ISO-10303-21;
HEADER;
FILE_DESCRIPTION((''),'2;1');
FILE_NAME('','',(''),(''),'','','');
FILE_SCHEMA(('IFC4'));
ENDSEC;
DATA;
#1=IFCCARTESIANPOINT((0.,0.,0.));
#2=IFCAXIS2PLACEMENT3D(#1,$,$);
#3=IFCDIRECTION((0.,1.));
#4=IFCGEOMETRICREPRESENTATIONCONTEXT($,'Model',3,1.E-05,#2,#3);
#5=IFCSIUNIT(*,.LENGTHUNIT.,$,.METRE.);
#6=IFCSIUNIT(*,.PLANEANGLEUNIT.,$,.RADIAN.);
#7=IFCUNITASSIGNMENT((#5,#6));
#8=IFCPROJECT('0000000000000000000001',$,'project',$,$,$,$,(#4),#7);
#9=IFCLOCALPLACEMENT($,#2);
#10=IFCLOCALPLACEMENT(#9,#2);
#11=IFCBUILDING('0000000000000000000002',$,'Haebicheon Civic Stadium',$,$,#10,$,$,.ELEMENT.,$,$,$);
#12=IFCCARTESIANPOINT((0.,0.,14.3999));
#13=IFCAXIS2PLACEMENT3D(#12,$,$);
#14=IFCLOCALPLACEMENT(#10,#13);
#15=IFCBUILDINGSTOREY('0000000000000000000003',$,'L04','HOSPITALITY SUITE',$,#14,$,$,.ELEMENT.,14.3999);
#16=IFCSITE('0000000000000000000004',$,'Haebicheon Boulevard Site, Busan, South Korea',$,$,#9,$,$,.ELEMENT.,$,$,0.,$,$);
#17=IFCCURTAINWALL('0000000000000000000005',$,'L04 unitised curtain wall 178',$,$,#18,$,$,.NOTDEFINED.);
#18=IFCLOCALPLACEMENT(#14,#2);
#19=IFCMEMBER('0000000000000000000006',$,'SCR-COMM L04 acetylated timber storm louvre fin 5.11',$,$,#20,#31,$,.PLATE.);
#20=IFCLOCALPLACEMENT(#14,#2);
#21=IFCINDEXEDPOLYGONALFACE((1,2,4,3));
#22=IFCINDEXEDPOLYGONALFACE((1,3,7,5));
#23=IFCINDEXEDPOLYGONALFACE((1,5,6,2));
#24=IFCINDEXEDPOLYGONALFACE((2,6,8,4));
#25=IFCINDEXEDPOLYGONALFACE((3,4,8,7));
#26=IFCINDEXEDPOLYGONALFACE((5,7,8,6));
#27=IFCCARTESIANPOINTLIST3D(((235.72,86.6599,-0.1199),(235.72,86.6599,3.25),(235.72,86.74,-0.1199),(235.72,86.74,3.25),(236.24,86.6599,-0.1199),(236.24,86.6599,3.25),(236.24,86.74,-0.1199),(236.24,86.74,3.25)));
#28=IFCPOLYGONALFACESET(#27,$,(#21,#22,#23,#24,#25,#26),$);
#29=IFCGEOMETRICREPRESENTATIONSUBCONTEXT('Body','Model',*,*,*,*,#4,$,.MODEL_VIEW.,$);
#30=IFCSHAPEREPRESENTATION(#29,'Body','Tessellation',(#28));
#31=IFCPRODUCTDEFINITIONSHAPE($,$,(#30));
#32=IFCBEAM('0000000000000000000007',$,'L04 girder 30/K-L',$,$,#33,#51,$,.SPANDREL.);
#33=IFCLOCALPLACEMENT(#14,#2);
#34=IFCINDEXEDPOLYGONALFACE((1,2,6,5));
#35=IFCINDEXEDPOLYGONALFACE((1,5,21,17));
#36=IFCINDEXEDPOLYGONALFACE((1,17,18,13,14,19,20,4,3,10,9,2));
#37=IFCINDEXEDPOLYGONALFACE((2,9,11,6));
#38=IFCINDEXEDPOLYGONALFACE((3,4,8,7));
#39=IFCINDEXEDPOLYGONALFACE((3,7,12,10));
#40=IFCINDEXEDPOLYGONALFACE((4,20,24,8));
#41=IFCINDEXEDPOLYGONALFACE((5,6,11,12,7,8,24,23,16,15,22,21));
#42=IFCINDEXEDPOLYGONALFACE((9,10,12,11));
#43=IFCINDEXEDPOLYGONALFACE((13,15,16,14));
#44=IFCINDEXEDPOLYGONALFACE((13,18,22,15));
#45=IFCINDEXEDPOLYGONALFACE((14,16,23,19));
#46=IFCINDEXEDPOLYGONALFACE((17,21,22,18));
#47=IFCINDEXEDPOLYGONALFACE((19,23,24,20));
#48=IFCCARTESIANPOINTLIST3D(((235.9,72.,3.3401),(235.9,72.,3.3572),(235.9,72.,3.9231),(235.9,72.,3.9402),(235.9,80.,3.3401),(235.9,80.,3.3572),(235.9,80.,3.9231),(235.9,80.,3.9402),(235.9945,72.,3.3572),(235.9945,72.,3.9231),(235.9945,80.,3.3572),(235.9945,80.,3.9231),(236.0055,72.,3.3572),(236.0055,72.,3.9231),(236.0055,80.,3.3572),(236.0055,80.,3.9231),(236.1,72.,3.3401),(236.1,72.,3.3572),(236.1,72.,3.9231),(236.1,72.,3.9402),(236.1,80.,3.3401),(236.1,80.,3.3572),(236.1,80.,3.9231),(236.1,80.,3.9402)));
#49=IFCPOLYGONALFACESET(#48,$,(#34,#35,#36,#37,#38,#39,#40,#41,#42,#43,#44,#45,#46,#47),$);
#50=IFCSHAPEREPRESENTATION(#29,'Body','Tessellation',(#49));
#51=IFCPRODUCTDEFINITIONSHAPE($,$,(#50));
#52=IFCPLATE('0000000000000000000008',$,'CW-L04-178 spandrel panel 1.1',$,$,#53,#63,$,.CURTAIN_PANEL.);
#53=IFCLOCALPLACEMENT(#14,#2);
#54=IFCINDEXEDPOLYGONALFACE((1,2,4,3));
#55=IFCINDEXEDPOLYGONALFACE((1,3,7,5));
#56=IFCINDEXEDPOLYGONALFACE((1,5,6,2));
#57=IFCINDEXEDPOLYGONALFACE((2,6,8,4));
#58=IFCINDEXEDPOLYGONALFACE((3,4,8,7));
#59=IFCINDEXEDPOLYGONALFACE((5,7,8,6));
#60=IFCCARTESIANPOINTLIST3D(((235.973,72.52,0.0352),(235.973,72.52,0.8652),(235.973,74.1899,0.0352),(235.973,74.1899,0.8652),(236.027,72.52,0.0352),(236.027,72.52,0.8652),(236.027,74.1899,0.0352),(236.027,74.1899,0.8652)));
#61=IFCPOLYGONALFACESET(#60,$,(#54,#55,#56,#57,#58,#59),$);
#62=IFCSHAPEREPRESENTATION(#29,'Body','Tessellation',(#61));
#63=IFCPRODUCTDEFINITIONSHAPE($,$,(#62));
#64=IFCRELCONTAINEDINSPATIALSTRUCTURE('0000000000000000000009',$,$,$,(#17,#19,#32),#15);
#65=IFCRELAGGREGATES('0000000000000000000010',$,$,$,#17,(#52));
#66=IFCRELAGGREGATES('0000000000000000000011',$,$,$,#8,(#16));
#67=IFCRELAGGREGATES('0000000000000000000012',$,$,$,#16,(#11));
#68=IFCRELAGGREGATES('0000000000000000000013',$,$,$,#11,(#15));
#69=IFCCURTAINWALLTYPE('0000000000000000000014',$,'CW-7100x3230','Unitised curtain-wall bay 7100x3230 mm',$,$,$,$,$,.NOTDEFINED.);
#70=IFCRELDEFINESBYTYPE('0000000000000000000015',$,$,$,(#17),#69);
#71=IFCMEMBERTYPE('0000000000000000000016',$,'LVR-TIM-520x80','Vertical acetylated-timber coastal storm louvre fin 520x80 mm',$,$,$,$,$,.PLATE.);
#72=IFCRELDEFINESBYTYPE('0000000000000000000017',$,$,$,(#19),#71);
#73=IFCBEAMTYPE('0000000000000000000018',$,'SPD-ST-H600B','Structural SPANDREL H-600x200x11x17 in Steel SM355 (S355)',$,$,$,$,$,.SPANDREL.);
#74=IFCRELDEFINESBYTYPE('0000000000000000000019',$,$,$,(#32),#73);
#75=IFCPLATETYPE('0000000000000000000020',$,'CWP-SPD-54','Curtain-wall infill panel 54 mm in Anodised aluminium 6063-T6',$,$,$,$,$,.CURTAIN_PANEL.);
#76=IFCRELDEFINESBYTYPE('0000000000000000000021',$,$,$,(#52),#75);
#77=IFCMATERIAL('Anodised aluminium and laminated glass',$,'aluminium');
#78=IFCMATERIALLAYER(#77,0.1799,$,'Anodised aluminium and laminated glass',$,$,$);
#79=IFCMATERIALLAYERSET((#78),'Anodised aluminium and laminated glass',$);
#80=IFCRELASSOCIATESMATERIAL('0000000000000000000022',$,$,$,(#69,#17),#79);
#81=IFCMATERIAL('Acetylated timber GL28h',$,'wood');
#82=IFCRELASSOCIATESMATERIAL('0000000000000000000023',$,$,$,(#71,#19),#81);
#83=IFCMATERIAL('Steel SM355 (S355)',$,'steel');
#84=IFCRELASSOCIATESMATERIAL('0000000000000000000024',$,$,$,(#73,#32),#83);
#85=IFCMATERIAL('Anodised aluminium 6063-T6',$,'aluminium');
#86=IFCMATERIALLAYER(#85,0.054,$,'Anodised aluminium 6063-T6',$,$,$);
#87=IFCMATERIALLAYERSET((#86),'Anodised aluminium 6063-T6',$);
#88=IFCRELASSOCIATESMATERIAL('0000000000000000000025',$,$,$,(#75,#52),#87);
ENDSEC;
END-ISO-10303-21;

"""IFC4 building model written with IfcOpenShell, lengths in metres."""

from ifc_helpers import new_model, si_unit, direction, frame, origin, origin_2d, place, context, subcontext, project, spatial, rectangle, i_section, extrude, material, layer, layer_set, material_profile, profile_set, type_object, element, aggregate, save


model = new_model("IFC4")

# Units and contexts
model_context = context("Model", 3, precision=1e-05, world=origin(), true_north=direction((0.0, 1.0)))
body_context = subcontext(model_context, "Body", "Model", "MODEL_VIEW")
ifc_project = project(units=[si_unit("LENGTHUNIT", "METRE"), si_unit("PLANEANGLEUNIT", "RADIAN")], contexts=[model_context])

# Site, building, storey
site_placement = place(None, origin())
site = spatial("IfcSite", under=ifc_project, at=site_placement, Name="Haebicheon Boulevard Site, Busan, South Korea", CompositionType="ELEMENT", RefElevation=0.0)
building_placement = place(site_placement, origin())
building = spatial("IfcBuilding", under=site, at=building_placement, Name="Haebicheon Civic Stadium", CompositionType="ELEMENT")
storey_placement = place(building_placement, frame((0.0, 0.0, 14.3999)))
storey = spatial("IfcBuildingStorey", under=building, at=storey_placement, Name="L04", Description="HOSPITALITY SUITE", CompositionType="ELEMENT", Elevation=14.3999)

# Curtain wall
ifc_material_1 = material(Name="Anodised aluminium and laminated glass", Category="aluminium")
ifc_layer_1 = layer(ifc_material_1, 0.1799, Name="Anodised aluminium and laminated glass")
ifc_layer_set_1 = layer_set([ifc_layer_1], Name="Anodised aluminium and laminated glass")
curtain_wall_type = type_object("IfcCurtainWallType", Name="CW-7100x3230", Description="Unitised curtain-wall bay 7100x3230 mm", PredefinedType="NOTDEFINED", material=ifc_layer_set_1)
curtain_wall_placement = place(storey_placement, origin())
curtain_wall = element("IfcCurtainWall", 1, at=curtain_wall_placement, inside=storey, type_object=curtain_wall_type, material=ifc_layer_set_1, Name="L04 unitised curtain wall 178", PredefinedType="NOTDEFINED")

# Member
ifc_material_2 = material(Name="Acetylated timber GL28h", Category="wood")
ifc_material_profile_1 = material_profile(ifc_material_2, rectangle(XDim=0.0801, YDim=0.52, at=origin_2d()), Name="TMB-LOUV-80x520")
ifc_profile_set_1 = profile_set([ifc_material_profile_1], Name="Acetylated timber GL28h")
member_type_1 = type_object("IfcMemberType", Name="LVR-TIM-520x80", Description="Vertical acetylated-timber coastal storm louvre fin 520x80 mm", PredefinedType="PLATE", material=ifc_profile_set_1)
for number, where, z_axis, x_axis, name in (
    (2, (235.98, 86.7, -0.1199), (0.0, 0.0, 1.0), (0.0, 1.0, 0.0), "SCR-COMM L04 acetylated timber storm louvre fin 5.11"),
):
    element("IfcMember", number, at=place(storey_placement, frame(where, z_axis=z_axis, x_axis=x_axis)), inside=storey, type_object=member_type_1, material=ifc_profile_set_1, Name=name, PredefinedType="PLATE", context=body_context, shape_type="SweptSolid", body=[
        extrude(rectangle(XDim=0.0801, YDim=0.52, at=origin_2d()), origin(), (0.0, 0.0, 1.0), 3.3699),
    ])

# Beam
ifc_material_3 = material(Name="Steel SM355 (S355)", Category="steel")
ifc_material_profile_2 = material_profile(ifc_material_3, i_section(OverallWidth=0.2, OverallDepth=0.6001, WebThickness=0.011, FlangeThickness=0.0171, at=origin_2d()), Name="H-600x200x11x17")
ifc_profile_set_2 = profile_set([ifc_material_profile_2], Name="Steel SM355 (S355)")
beam_type = type_object("IfcBeamType", Name="SPD-ST-H600B", Description="Structural SPANDREL H-600x200x11x17 in Steel SM355 (S355)", PredefinedType="SPANDREL", material=ifc_profile_set_2)
beam_placement = place(storey_placement, frame((236.0, 72.0, 3.6401), z_axis=(0.0, 1.0, 0.0), x_axis=(-1.0, 0.0, 0.0)))
element("IfcBeam", 3, at=beam_placement, inside=storey, type_object=beam_type, material=ifc_profile_set_2, Name="L04 girder 30/K-L", PredefinedType="SPANDREL", context=body_context, shape_type="SweptSolid", body=[
    extrude(i_section(OverallWidth=0.2, OverallDepth=0.6001, WebThickness=0.011, FlangeThickness=0.0171, at=origin_2d()), origin(), (0.0, 0.0, 1.0), 8.0),
])

# Plate
ifc_material_4 = material(Name="Anodised aluminium 6063-T6", Category="aluminium")
ifc_layer_2 = layer(ifc_material_4, 0.054, Name="Anodised aluminium 6063-T6")
ifc_layer_set_2 = layer_set([ifc_layer_2], Name="Anodised aluminium 6063-T6")
plate_type = type_object("IfcPlateType", Name="CWP-SPD-54", Description="Curtain-wall infill panel 54 mm in Anodised aluminium 6063-T6", PredefinedType="CURTAIN_PANEL", material=ifc_layer_set_2)
plate_placement = place(storey_placement, frame((236.0, 73.355, 0.0352), z_axis=(0.0, 0.0, 1.0), x_axis=(0.0, 1.0, 0.0)))
plate = element("IfcPlate", 4, at=plate_placement, type_object=plate_type, material=ifc_layer_set_2, Name="CW-L04-178 spandrel panel 1.1", PredefinedType="CURTAIN_PANEL", context=body_context, shape_type="SweptSolid", body=[
    extrude(rectangle(XDim=1.6699, YDim=0.054, at=origin_2d()), origin(), (0.0, 0.0, 1.0), 0.8301),
])
aggregate(curtain_wall, [plate])

save(model, "model.ifc")
